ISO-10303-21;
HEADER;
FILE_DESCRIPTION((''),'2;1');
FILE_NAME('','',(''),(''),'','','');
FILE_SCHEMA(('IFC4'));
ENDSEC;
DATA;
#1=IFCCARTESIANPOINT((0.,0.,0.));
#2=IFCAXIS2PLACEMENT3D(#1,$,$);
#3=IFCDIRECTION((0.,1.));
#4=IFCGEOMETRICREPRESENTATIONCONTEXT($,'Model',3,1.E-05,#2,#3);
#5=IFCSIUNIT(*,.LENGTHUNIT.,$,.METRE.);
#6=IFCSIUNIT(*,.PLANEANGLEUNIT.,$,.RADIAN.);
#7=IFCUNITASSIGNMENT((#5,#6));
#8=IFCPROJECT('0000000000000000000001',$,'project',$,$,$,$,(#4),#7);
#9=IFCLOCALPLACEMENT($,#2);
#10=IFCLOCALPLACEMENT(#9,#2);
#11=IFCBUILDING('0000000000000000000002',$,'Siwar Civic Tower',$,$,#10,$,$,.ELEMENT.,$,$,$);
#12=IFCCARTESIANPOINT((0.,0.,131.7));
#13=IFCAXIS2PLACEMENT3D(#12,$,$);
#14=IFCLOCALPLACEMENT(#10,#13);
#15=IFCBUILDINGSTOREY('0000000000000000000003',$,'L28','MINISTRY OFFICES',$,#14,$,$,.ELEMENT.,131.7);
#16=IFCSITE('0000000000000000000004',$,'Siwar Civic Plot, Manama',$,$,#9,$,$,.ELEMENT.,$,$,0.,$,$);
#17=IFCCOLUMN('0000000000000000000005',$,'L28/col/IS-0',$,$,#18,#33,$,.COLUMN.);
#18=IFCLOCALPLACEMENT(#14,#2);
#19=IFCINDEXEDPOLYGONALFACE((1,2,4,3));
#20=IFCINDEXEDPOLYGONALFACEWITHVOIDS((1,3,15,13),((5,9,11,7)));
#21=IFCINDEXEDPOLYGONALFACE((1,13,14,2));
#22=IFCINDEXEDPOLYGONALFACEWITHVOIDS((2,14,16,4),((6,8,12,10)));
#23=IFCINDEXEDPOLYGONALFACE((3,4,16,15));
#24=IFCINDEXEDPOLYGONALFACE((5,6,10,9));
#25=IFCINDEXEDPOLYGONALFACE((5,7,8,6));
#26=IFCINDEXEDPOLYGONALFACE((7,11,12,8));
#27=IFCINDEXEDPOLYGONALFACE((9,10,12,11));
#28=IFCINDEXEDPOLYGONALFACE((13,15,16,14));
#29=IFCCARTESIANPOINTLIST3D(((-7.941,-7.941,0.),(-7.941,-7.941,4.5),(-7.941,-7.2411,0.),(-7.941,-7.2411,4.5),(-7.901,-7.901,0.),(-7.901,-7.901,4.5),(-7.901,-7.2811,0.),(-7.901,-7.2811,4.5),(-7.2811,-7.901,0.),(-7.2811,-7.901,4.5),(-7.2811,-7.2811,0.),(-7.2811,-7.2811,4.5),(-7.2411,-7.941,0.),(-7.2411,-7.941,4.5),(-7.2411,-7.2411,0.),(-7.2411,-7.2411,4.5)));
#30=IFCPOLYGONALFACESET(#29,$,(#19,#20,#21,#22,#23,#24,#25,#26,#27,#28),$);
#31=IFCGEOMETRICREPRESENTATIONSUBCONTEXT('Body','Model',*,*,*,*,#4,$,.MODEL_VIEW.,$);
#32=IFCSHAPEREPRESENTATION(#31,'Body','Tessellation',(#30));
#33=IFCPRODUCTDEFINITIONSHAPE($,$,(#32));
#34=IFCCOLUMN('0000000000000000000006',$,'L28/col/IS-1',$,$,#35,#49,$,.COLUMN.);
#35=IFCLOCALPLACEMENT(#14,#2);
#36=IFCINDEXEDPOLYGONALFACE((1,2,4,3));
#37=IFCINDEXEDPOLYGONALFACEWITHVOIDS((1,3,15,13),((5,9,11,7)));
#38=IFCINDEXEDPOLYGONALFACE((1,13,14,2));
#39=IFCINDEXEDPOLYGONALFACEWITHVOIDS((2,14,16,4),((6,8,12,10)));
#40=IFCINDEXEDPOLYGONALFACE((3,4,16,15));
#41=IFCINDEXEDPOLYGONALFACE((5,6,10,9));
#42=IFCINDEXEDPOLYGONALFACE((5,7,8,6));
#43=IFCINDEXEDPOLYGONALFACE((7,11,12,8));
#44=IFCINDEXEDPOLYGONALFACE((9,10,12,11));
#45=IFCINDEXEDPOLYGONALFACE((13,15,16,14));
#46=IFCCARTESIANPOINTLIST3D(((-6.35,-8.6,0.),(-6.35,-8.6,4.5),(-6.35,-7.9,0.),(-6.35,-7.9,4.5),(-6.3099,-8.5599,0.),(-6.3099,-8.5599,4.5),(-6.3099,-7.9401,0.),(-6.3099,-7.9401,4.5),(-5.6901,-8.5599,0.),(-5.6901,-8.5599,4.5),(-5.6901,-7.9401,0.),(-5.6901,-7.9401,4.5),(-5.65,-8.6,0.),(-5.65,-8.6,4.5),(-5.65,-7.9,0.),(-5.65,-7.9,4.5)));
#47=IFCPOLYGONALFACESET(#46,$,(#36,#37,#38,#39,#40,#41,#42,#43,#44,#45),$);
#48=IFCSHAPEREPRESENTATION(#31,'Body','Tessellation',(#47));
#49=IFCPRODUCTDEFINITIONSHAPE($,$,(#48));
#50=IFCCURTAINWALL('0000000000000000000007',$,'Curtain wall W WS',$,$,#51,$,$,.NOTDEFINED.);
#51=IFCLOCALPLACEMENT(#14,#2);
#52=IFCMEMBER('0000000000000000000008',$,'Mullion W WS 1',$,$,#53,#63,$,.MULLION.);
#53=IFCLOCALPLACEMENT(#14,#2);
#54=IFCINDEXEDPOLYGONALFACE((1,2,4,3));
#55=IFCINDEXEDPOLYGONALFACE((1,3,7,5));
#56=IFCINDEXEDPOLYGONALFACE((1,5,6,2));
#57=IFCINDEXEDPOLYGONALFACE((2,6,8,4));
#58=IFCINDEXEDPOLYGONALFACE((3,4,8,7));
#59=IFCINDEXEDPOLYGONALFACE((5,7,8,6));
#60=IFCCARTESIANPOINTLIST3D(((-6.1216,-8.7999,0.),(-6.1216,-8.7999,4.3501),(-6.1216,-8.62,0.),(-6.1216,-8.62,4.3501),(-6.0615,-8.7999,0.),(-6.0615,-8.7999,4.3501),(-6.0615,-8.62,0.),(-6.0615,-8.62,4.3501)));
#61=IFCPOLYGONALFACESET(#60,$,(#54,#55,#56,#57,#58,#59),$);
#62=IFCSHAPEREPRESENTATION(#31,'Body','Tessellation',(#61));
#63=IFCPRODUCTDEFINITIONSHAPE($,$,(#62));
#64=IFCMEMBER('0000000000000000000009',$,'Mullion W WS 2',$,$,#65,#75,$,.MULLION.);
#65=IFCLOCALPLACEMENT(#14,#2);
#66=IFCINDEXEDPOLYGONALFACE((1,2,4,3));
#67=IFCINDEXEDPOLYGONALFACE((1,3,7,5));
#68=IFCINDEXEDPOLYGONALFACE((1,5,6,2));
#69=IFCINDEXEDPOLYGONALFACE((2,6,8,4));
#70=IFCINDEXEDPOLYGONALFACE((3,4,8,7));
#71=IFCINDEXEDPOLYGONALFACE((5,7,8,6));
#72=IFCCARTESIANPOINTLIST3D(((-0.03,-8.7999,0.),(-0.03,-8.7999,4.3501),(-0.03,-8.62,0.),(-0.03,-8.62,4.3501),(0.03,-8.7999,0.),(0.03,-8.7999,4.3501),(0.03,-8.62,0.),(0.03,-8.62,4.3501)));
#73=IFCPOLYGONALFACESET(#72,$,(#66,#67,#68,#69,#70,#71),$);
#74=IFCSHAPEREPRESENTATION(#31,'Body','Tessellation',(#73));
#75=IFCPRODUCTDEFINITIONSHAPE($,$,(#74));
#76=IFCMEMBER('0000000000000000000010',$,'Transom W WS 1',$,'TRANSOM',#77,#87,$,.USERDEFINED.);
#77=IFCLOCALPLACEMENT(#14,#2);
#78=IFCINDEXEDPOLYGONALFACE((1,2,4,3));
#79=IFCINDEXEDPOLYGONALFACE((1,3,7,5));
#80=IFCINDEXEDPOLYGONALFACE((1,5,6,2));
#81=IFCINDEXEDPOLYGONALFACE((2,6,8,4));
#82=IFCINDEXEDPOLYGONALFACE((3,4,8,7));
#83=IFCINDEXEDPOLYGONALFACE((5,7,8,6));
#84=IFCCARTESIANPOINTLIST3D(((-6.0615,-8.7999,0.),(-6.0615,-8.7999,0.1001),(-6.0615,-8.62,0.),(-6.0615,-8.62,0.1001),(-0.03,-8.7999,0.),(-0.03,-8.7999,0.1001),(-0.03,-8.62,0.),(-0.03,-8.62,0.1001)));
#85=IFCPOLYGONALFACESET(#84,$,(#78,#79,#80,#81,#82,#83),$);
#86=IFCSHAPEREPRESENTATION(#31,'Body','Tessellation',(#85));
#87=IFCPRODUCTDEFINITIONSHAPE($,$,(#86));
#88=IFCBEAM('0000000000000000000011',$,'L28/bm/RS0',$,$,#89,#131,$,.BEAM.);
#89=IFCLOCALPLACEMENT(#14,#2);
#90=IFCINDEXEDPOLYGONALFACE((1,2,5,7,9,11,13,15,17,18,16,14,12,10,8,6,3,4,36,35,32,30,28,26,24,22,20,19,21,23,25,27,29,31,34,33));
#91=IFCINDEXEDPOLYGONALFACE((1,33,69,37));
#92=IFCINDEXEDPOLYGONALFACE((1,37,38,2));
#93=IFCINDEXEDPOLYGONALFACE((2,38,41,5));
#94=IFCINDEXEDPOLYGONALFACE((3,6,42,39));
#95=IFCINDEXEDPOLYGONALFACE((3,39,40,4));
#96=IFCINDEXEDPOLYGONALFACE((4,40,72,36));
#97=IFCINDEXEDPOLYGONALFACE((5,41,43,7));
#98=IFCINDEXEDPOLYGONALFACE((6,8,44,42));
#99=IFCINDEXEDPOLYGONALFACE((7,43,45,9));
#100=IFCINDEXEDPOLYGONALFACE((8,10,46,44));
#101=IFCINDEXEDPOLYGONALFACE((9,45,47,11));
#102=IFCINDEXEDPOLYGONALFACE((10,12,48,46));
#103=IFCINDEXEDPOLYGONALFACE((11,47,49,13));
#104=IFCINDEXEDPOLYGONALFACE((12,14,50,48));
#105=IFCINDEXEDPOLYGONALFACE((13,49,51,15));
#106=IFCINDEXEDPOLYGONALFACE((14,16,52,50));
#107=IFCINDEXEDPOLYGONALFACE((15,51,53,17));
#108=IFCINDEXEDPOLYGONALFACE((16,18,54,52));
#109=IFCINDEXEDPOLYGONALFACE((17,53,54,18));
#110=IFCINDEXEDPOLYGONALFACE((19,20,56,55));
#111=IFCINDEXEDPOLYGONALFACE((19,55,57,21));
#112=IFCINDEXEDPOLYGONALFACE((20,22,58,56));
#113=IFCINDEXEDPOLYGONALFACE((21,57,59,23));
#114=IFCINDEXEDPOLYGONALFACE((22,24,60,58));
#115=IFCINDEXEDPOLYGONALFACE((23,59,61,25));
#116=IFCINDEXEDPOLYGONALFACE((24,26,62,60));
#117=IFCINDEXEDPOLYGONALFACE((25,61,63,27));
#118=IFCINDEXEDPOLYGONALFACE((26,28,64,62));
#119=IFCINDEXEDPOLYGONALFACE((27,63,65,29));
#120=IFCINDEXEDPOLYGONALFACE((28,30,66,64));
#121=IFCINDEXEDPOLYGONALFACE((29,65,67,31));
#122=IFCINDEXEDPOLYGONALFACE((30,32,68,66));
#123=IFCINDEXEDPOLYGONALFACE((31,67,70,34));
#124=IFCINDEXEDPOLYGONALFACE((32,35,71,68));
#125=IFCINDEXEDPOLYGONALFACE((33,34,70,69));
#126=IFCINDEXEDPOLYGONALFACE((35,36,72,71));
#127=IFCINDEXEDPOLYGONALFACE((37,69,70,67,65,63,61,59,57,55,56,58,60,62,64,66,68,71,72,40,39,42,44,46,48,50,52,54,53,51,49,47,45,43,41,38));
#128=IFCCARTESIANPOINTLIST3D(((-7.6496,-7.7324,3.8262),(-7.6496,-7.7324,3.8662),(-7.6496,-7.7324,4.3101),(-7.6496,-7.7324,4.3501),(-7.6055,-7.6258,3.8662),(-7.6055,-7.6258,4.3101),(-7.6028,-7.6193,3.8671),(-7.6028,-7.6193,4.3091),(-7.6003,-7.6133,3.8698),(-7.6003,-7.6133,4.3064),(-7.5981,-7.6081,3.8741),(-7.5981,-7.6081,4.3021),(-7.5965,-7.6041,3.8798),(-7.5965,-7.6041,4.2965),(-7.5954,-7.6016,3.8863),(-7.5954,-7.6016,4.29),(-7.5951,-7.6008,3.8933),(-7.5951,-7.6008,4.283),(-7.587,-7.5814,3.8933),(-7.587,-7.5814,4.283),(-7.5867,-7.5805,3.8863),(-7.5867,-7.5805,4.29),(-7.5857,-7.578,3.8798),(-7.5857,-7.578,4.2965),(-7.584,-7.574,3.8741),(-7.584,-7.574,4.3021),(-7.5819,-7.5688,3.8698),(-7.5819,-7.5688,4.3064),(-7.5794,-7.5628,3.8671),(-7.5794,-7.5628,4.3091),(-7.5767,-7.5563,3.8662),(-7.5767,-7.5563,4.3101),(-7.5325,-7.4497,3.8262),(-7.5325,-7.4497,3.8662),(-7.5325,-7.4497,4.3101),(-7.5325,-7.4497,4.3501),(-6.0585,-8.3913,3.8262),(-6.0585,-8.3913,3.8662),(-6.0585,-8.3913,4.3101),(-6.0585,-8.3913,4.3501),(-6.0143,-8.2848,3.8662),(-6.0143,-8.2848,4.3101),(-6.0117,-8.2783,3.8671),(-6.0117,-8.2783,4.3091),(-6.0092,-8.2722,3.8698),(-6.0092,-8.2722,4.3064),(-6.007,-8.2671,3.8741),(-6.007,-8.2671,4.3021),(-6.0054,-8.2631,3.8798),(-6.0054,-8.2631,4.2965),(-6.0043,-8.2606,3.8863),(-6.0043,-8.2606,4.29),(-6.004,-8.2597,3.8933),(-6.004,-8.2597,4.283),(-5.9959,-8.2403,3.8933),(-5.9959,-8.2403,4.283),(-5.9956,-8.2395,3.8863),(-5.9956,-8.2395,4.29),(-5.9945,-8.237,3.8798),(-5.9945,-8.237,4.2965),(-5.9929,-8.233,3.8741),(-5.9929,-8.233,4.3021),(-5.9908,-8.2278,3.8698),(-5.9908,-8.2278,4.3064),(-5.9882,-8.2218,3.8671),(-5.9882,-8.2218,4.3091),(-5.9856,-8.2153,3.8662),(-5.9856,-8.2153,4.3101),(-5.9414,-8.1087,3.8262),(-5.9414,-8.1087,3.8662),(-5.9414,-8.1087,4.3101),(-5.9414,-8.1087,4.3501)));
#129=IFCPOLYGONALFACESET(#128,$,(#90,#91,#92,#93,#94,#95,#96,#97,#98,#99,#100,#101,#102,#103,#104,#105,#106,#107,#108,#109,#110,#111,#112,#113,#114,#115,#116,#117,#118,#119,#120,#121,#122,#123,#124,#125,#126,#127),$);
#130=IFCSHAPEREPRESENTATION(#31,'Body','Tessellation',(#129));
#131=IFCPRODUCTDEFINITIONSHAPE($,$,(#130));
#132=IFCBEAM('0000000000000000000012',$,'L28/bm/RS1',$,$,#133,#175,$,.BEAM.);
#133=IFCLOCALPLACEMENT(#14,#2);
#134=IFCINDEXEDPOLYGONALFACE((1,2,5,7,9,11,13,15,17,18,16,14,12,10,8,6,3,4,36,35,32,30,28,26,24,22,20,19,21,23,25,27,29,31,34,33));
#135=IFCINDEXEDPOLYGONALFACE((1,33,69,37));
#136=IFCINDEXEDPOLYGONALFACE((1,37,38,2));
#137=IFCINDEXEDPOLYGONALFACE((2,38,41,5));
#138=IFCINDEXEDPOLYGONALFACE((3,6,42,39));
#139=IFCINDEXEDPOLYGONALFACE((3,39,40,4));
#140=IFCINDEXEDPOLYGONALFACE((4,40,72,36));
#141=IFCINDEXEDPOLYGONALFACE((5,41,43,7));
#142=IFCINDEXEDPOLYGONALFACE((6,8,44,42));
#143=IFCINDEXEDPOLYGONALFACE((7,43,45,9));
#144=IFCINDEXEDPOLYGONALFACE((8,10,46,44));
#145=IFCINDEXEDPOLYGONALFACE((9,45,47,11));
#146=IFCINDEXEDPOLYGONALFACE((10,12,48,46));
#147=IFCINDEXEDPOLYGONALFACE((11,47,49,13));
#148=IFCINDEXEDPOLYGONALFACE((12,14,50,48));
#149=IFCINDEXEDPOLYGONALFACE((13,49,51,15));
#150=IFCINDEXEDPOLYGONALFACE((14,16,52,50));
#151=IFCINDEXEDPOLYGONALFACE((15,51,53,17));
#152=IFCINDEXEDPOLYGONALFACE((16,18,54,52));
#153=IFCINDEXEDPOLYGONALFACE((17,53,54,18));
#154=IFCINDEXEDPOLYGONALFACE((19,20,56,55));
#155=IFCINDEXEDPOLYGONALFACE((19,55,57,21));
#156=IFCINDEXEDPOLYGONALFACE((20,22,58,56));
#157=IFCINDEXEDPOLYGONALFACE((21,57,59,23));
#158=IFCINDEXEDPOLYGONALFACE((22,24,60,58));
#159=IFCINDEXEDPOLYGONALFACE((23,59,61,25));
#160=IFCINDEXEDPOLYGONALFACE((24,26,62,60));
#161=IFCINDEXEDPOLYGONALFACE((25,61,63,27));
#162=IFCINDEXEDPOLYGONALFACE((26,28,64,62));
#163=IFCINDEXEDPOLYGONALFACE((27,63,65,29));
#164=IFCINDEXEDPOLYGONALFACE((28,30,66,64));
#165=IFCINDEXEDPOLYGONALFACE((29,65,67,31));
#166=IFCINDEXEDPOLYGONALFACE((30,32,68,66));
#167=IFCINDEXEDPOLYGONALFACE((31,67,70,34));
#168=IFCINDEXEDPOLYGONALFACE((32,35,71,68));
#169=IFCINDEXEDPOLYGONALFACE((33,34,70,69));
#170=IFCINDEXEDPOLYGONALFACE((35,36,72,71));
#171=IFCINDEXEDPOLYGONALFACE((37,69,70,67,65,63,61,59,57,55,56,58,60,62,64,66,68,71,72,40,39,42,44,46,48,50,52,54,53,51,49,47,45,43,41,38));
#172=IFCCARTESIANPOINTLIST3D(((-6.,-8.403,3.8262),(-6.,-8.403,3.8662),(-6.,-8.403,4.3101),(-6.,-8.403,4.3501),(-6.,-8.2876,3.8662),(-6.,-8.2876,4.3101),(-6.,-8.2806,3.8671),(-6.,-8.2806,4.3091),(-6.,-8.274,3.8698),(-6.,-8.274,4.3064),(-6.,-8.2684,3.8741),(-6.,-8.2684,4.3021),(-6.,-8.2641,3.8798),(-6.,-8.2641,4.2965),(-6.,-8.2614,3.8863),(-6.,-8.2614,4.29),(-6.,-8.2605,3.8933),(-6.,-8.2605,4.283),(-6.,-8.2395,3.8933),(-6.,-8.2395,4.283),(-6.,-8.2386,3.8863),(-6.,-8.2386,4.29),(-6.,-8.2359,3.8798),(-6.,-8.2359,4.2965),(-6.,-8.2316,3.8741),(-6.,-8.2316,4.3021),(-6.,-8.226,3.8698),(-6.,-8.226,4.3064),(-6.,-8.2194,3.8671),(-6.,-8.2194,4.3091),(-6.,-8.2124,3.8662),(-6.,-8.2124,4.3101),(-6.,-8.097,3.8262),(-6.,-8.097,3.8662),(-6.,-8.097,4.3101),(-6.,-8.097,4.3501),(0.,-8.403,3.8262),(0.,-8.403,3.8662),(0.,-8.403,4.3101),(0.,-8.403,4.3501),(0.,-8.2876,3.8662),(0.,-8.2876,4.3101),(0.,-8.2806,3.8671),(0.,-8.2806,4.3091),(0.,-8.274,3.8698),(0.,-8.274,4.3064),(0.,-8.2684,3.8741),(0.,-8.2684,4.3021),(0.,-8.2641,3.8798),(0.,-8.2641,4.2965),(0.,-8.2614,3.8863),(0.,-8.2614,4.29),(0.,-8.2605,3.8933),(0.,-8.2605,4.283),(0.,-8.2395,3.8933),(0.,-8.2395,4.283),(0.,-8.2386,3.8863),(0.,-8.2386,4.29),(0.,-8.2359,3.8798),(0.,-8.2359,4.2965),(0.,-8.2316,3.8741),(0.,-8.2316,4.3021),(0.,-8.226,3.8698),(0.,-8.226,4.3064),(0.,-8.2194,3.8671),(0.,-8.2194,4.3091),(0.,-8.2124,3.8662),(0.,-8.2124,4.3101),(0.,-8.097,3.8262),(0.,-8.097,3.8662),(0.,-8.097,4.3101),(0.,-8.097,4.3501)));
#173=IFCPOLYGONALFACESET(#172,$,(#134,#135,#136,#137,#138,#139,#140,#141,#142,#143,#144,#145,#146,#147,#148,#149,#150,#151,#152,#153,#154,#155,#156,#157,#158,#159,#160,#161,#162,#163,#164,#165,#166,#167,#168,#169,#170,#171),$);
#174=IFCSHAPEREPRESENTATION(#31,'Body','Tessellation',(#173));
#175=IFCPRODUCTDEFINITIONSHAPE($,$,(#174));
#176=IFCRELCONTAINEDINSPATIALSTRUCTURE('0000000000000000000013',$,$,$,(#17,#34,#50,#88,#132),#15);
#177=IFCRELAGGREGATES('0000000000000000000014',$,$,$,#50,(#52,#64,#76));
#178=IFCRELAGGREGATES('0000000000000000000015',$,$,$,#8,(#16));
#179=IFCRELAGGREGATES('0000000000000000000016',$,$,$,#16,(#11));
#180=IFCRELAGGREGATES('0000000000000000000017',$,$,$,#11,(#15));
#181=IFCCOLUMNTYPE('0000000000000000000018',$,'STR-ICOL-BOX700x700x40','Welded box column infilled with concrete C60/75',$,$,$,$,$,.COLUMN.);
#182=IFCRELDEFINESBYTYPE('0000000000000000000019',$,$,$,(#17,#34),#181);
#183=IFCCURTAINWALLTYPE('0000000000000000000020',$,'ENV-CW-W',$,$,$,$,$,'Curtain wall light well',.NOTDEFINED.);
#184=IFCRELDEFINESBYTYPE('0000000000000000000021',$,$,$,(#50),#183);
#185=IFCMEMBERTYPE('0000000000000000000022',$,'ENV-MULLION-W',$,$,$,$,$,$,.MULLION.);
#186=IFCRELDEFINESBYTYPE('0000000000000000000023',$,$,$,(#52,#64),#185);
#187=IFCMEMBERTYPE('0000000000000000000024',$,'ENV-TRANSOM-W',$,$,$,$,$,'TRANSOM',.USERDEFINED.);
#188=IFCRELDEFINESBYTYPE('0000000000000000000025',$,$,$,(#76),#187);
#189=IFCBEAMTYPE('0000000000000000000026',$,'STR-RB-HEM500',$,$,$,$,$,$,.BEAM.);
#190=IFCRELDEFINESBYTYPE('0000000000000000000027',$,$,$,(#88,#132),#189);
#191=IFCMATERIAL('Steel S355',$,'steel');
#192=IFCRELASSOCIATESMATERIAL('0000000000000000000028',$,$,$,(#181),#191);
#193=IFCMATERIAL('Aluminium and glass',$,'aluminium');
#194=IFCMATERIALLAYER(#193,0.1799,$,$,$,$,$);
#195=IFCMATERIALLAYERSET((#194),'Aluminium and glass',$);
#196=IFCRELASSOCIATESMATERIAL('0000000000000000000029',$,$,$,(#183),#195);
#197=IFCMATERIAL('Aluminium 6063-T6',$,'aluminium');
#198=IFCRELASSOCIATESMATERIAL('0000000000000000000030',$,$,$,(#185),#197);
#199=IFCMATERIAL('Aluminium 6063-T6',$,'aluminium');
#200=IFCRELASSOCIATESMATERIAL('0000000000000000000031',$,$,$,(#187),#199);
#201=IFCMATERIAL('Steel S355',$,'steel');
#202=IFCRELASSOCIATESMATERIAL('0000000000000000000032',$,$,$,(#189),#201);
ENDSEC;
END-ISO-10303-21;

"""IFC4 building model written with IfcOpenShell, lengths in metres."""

from ifc_helpers import new_model, si_unit, direction, frame, origin, origin_2d, place, context, subcontext, project, spatial, rectangle, hollow_rectangle, i_section, extrude, material, layer, layer_set, material_profile, profile_set, type_object, element, aggregate, save


model = new_model("IFC4")

# Units and contexts
model_context = context("Model", 3, precision=1e-05, world=origin(), true_north=direction((0.0, 1.0)))
body_context = subcontext(model_context, "Body", "Model", "MODEL_VIEW")
ifc_project = project(units=[si_unit("LENGTHUNIT", "METRE"), si_unit("PLANEANGLEUNIT", "RADIAN")], contexts=[model_context])

# Site, building, storey
site_placement = place(None, origin())
site = spatial("IfcSite", under=ifc_project, at=site_placement, Name="Siwar Civic Plot, Manama", CompositionType="ELEMENT", RefElevation=0.0)
building_placement = place(site_placement, origin())
building = spatial("IfcBuilding", under=site, at=building_placement, Name="Siwar Civic Tower", CompositionType="ELEMENT")
storey_placement = place(building_placement, frame((0.0, 0.0, 131.7)))
storey = spatial("IfcBuildingStorey", under=building, at=storey_placement, Name="L28", Description="MINISTRY OFFICES", CompositionType="ELEMENT", Elevation=131.7)

# Columns
ifc_material_1 = material(Name="Steel S355", Category="steel")
ifc_material_profile_1 = material_profile(ifc_material_1, hollow_rectangle(XDim=0.7, YDim=0.7, WallThickness=0.04, at=origin_2d()), Name="BOX700x700x40")
ifc_profile_set_1 = profile_set([ifc_material_profile_1], Name="Steel S355")
column_type = type_object("IfcColumnType", Name="STR-ICOL-BOX700x700x40", Description="Welded box column infilled with concrete C60/75", PredefinedType="COLUMN", material=ifc_profile_set_1)
for number, where, z_axis, x_axis, name in (
    (1, (-7.5911, -7.5911, 0.0), (0.0, 0.0, 1.0), (1.0, 0.0, 0.0), "L28/col/IS-0"),
    (2, (-6.0, -8.25, 0.0), (0.0, 0.0, 1.0), (1.0, 0.0, 0.0), "L28/col/IS-1"),
):
    element("IfcColumn", number, at=place(storey_placement, frame(where, z_axis=z_axis, x_axis=x_axis)), inside=storey, type_object=column_type, Name=name, PredefinedType="COLUMN", context=body_context, shape_type="SweptSolid", body=[
        extrude(hollow_rectangle(XDim=0.7, YDim=0.7, WallThickness=0.04, at=origin_2d()), origin(), (0.0, 0.0, 1.0), 4.5),
    ])

# Curtain wall, members
ifc_material_2 = material(Name="Aluminium and glass", Category="aluminium")
ifc_layer_1 = layer(ifc_material_2, 0.1799)
ifc_layer_set_1 = layer_set([ifc_layer_1], Name="Aluminium and glass")
curtain_wall_type = type_object("IfcCurtainWallType", Name="ENV-CW-W", ElementType="Curtain wall light well", PredefinedType="NOTDEFINED", material=ifc_layer_set_1)
curtain_wall_placement = place(storey_placement, origin())
curtain_wall = element("IfcCurtainWall", 3, at=curtain_wall_placement, inside=storey, type_object=curtain_wall_type, Name="Curtain wall W WS", PredefinedType="NOTDEFINED")
ifc_material_3 = material(Name="Aluminium 6063-T6", Category="aluminium")
ifc_material_profile_2 = material_profile(ifc_material_3, rectangle(XDim=0.1799, YDim=0.0601, at=origin_2d()), Name="AL 180x60")
ifc_profile_set_2 = profile_set([ifc_material_profile_2], Name="Aluminium 6063-T6")
member_type_1 = type_object("IfcMemberType", Name="ENV-MULLION-W", PredefinedType="MULLION", material=ifc_profile_set_2)
member_1_placement = place(storey_placement, frame((-6.0916, -8.71, 0.0), z_axis=(0.0, 0.0, 1.0), x_axis=(0.0, 1.0, 0.0)))
member_1 = element("IfcMember", 4, at=member_1_placement, type_object=member_type_1, Name="Mullion W WS 1", PredefinedType="MULLION", context=body_context, shape_type="SweptSolid", body=[
    extrude(rectangle(XDim=0.1799, YDim=0.0601, at=origin_2d()), origin(), (0.0, 0.0, 1.0), 4.3501),
])
member_2_placement = place(storey_placement, frame((0.0, -8.71, 0.0), z_axis=(0.0, 0.0, 1.0), x_axis=(0.0, 1.0, 0.0)))
member_2 = element("IfcMember", 5, at=member_2_placement, type_object=member_type_1, Name="Mullion W WS 2", PredefinedType="MULLION", context=body_context, shape_type="SweptSolid", body=[
    extrude(rectangle(XDim=0.1799, YDim=0.0601, at=origin_2d()), origin(), (0.0, 0.0, 1.0), 4.3501),
])
ifc_material_4 = material(Name="Aluminium 6063-T6", Category="aluminium")
ifc_material_profile_3 = material_profile(ifc_material_4, rectangle(XDim=0.1799, YDim=0.1001, at=origin_2d()), Name="AL 180x100")
ifc_profile_set_3 = profile_set([ifc_material_profile_3], Name="Aluminium 6063-T6")
member_type_2 = type_object("IfcMemberType", Name="ENV-TRANSOM-W", ElementType="TRANSOM", PredefinedType="USERDEFINED", material=ifc_profile_set_3)
member_3_placement = place(storey_placement, frame((-6.0615, -8.71, 0.05), z_axis=(1.0, 0.0, 0.0), x_axis=(0.0, 1.0, 0.0)))
member_3 = element("IfcMember", 6, at=member_3_placement, type_object=member_type_2, Name="Transom W WS 1", ObjectType="TRANSOM", PredefinedType="USERDEFINED", context=body_context, shape_type="SweptSolid", body=[
    extrude(rectangle(XDim=0.1799, YDim=0.1001, at=origin_2d()), origin(), (0.0, 0.0, 1.0), 6.0315),
])

# Beams
ifc_material_5 = material(Name="Steel S355", Category="steel")
ifc_material_profile_4 = material_profile(ifc_material_5, i_section(OverallWidth=0.3059, OverallDepth=0.5239, WebThickness=0.021, FlangeThickness=0.04, FilletRadius=0.0271, at=origin_2d()), Name="HEM500")
ifc_profile_set_4 = profile_set([ifc_material_profile_4], Name="Steel S355")
beam_type = type_object("IfcBeamType", Name="STR-RB-HEM500", PredefinedType="BEAM", material=ifc_profile_set_4)
beam_1_placement = place(storey_placement, frame((-7.5911, -7.5911, 4.0881), z_axis=(0.923901, -0.382631, 0.0), x_axis=(0.382631, 0.923901, 0.0)))
element("IfcBeam", 7, at=beam_1_placement, inside=storey, type_object=beam_type, Name="L28/bm/RS0", PredefinedType="BEAM", context=body_context, shape_type="SweptSolid", body=[
    extrude(i_section(OverallWidth=0.3059, OverallDepth=0.5239, WebThickness=0.021, FlangeThickness=0.04, FilletRadius=0.0271, at=origin_2d()), origin(), (0.0, 0.0, 1.0), 1.7222),
])
beam_2_placement = place(storey_placement, frame((-6.0, -8.25, 4.0881), z_axis=(1.0, 0.0, 0.0), x_axis=(0.0, 1.0, 0.0)))
element("IfcBeam", 8, at=beam_2_placement, inside=storey, type_object=beam_type, Name="L28/bm/RS1", PredefinedType="BEAM", context=body_context, shape_type="SweptSolid", body=[
    extrude(i_section(OverallWidth=0.3059, OverallDepth=0.5239, WebThickness=0.021, FlangeThickness=0.04, FilletRadius=0.0271, at=origin_2d()), origin(), (0.0, 0.0, 1.0), 6.0),
])

aggregate(curtain_wall, [member_1, member_2, member_3])

save(model, "model.ifc")
